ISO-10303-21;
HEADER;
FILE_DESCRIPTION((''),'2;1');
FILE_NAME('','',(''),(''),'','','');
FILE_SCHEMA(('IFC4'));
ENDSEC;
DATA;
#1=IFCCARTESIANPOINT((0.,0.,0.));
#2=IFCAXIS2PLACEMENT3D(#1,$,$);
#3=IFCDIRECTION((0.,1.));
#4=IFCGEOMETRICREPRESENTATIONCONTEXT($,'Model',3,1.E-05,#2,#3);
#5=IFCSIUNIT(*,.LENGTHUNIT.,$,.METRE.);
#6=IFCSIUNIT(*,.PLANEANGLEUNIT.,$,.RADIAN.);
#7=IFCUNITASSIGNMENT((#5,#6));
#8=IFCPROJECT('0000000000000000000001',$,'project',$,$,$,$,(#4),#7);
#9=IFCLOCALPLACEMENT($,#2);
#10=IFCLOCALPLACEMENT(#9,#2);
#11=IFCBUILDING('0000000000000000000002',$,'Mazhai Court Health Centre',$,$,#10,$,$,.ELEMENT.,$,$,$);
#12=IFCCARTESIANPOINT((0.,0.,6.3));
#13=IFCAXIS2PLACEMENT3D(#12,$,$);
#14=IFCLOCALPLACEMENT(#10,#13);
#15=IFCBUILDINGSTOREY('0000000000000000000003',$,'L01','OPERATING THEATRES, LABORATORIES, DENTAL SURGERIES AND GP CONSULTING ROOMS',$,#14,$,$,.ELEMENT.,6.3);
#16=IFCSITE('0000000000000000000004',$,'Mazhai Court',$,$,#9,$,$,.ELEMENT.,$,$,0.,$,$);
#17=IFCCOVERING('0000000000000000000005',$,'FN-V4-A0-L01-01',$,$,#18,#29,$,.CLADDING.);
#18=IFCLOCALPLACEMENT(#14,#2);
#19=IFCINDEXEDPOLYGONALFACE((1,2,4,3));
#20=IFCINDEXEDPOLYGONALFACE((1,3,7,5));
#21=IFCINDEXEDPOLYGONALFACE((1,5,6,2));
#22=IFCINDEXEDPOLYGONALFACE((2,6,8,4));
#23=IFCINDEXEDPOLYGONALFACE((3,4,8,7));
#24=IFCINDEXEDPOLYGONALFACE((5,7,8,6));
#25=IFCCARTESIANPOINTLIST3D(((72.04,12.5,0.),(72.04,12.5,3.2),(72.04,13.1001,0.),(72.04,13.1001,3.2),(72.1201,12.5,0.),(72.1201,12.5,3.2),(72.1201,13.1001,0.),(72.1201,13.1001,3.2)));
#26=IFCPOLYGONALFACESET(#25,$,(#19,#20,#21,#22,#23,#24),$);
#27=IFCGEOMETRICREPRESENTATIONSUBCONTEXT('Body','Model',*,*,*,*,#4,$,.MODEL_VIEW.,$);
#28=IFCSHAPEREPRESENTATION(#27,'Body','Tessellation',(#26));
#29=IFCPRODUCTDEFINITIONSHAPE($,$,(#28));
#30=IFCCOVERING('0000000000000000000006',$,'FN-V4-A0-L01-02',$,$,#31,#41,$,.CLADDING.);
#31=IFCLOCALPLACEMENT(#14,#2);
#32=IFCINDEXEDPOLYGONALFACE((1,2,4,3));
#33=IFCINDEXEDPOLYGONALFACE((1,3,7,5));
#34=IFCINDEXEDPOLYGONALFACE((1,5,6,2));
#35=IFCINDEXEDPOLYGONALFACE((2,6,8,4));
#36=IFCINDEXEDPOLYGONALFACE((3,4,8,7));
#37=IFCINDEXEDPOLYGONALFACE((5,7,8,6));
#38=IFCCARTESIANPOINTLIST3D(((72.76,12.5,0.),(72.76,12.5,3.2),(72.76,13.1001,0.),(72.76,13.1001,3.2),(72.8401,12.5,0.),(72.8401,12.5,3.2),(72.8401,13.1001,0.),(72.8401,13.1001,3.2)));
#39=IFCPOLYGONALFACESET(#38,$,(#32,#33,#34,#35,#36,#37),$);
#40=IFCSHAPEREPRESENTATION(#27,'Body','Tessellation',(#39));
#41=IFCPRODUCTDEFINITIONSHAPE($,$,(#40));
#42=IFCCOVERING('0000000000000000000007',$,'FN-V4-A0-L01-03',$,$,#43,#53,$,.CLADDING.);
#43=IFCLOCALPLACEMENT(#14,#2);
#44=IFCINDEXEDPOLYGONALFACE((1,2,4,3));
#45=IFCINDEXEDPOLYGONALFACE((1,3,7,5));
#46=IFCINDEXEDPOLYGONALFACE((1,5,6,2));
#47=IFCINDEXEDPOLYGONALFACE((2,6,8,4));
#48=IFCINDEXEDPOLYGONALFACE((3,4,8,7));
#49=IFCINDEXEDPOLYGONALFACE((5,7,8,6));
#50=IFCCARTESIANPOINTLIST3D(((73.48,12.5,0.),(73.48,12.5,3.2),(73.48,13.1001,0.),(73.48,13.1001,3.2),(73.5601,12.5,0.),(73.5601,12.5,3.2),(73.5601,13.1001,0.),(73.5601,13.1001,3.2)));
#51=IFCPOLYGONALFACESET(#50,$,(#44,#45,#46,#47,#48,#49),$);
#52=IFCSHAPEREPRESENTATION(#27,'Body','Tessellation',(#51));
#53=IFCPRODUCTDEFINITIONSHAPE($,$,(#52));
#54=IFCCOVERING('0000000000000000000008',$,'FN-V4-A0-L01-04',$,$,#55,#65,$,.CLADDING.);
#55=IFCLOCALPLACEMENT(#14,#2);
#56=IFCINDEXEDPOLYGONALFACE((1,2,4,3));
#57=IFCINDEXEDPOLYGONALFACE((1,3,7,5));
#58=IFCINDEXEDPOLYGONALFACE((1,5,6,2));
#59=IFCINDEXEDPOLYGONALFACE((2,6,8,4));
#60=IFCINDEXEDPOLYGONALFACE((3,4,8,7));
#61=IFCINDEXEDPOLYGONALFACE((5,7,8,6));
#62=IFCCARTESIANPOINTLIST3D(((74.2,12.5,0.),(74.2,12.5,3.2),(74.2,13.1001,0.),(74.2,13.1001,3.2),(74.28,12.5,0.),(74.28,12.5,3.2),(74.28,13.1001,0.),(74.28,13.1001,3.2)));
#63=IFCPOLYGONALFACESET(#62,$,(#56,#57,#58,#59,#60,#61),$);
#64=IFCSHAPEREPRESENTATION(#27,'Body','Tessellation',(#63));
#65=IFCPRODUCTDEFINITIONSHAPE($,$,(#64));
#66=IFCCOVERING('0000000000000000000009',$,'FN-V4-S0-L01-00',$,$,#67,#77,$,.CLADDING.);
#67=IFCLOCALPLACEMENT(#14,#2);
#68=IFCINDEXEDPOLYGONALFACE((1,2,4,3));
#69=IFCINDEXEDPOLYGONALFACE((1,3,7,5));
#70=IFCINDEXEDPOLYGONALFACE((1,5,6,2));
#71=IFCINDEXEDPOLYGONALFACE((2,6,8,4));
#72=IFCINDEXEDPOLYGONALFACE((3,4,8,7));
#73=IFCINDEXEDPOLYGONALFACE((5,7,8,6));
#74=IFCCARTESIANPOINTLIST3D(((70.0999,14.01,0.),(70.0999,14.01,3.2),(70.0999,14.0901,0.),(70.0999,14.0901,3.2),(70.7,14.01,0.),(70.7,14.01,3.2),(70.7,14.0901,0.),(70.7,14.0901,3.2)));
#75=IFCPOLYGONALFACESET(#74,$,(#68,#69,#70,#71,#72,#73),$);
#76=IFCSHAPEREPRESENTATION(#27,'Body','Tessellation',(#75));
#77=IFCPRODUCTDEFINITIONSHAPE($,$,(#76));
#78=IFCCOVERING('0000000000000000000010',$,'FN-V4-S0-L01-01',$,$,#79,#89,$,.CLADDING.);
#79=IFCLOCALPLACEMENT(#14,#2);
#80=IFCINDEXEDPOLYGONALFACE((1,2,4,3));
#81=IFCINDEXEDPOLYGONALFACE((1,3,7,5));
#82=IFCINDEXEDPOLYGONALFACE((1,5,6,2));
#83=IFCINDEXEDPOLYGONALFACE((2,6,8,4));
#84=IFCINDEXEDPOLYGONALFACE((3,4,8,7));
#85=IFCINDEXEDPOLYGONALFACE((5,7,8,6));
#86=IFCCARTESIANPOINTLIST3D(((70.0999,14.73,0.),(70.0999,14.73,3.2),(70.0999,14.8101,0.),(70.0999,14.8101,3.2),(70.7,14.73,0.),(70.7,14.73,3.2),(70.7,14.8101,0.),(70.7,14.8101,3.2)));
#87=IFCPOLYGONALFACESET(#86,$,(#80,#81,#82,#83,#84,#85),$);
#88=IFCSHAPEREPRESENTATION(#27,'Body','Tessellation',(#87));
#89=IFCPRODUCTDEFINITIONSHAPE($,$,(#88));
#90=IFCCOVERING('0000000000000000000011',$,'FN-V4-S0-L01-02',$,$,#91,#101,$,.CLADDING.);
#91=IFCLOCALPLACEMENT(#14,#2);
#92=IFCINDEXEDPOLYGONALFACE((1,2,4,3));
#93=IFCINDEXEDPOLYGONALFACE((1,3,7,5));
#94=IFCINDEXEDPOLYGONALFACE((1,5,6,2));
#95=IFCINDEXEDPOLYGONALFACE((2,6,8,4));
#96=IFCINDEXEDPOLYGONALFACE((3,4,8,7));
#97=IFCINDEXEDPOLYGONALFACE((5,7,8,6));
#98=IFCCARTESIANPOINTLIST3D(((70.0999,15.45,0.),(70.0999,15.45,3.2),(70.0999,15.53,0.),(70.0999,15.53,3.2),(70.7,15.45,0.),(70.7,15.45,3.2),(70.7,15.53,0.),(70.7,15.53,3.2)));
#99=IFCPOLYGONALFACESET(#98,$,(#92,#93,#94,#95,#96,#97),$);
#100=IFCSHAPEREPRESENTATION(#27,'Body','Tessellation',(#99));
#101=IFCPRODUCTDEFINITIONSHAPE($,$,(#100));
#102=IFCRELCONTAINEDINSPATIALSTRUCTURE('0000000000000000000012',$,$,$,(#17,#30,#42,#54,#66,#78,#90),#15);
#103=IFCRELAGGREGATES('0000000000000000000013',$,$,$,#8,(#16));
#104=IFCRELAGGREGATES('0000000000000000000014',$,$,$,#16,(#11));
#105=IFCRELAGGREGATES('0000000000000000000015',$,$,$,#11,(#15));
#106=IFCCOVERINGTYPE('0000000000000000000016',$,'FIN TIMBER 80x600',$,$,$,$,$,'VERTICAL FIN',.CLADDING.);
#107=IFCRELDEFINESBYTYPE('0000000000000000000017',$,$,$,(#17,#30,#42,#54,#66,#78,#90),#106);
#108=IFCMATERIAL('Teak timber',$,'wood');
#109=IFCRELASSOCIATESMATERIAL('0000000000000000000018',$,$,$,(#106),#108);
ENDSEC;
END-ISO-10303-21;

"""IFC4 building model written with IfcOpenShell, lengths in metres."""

from ifc_helpers import new_model, si_unit, direction, frame, origin, origin_2d, place, context, subcontext, project, spatial, rectangle, extrude, material, type_object, element, save


model = new_model("IFC4")

# Units and contexts
model_context = context("Model", 3, precision=1e-05, world=origin(), true_north=direction((0.0, 1.0)))
body_context = subcontext(model_context, "Body", "Model", "MODEL_VIEW")
ifc_project = project(units=[si_unit("LENGTHUNIT", "METRE"), si_unit("PLANEANGLEUNIT", "RADIAN")], contexts=[model_context])

# Site, building, storey
site_placement = place(None, origin())
site = spatial("IfcSite", under=ifc_project, at=site_placement, Name="Mazhai Court", CompositionType="ELEMENT", RefElevation=0.0)
building_placement = place(site_placement, origin())
building = spatial("IfcBuilding", under=site, at=building_placement, Name="Mazhai Court Health Centre", CompositionType="ELEMENT")
storey_placement = place(building_placement, frame((0.0, 0.0, 6.3)))
storey = spatial("IfcBuildingStorey", under=building, at=storey_placement, Name="L01", Description="OPERATING THEATRES, LABORATORIES, DENTAL SURGERIES AND GP CONSULTING ROOMS", CompositionType="ELEMENT", Elevation=6.3)

# Coverings
ifc_material_1 = material(Name="Teak timber", Category="wood")
covering_type = type_object("IfcCoveringType", Name="FIN TIMBER 80x600", ElementType="VERTICAL FIN", PredefinedType="CLADDING", material=ifc_material_1)
for number, where, z_axis, x_axis, name in (
    (1, (72.0801, 12.8, 0.0), (0.0, 0.0, 1.0), (1.0, 0.0, 0.0), "FN-V4-A0-L01-01"),
    (2, (72.8, 12.8, 0.0), (0.0, 0.0, 1.0), (1.0, 0.0, 0.0), "FN-V4-A0-L01-02"),
    (3, (73.52, 12.8, 0.0), (0.0, 0.0, 1.0), (1.0, 0.0, 0.0), "FN-V4-A0-L01-03"),
    (4, (74.24, 12.8, 0.0), (0.0, 0.0, 1.0), (1.0, 0.0, 0.0), "FN-V4-A0-L01-04"),
    (5, (70.3999, 14.05, 0.0), (0.0, 0.0, 1.0), (0.0, 1.0, 0.0), "FN-V4-S0-L01-00"),
    (6, (70.3999, 14.77, 0.0), (0.0, 0.0, 1.0), (0.0, 1.0, 0.0), "FN-V4-S0-L01-01"),
    (7, (70.3999, 15.49, 0.0), (0.0, 0.0, 1.0), (0.0, 1.0, 0.0), "FN-V4-S0-L01-02"),
):
    element("IfcCovering", number, at=place(storey_placement, frame(where, z_axis=z_axis, x_axis=x_axis)), inside=storey, type_object=covering_type, Name=name, PredefinedType="CLADDING", context=body_context, shape_type="SweptSolid", body=[
        extrude(rectangle(XDim=0.0801, YDim=0.6001, at=origin_2d()), origin(), (0.0, 0.0, 1.0), 3.2),
    ])

save(model, "model.ifc")
